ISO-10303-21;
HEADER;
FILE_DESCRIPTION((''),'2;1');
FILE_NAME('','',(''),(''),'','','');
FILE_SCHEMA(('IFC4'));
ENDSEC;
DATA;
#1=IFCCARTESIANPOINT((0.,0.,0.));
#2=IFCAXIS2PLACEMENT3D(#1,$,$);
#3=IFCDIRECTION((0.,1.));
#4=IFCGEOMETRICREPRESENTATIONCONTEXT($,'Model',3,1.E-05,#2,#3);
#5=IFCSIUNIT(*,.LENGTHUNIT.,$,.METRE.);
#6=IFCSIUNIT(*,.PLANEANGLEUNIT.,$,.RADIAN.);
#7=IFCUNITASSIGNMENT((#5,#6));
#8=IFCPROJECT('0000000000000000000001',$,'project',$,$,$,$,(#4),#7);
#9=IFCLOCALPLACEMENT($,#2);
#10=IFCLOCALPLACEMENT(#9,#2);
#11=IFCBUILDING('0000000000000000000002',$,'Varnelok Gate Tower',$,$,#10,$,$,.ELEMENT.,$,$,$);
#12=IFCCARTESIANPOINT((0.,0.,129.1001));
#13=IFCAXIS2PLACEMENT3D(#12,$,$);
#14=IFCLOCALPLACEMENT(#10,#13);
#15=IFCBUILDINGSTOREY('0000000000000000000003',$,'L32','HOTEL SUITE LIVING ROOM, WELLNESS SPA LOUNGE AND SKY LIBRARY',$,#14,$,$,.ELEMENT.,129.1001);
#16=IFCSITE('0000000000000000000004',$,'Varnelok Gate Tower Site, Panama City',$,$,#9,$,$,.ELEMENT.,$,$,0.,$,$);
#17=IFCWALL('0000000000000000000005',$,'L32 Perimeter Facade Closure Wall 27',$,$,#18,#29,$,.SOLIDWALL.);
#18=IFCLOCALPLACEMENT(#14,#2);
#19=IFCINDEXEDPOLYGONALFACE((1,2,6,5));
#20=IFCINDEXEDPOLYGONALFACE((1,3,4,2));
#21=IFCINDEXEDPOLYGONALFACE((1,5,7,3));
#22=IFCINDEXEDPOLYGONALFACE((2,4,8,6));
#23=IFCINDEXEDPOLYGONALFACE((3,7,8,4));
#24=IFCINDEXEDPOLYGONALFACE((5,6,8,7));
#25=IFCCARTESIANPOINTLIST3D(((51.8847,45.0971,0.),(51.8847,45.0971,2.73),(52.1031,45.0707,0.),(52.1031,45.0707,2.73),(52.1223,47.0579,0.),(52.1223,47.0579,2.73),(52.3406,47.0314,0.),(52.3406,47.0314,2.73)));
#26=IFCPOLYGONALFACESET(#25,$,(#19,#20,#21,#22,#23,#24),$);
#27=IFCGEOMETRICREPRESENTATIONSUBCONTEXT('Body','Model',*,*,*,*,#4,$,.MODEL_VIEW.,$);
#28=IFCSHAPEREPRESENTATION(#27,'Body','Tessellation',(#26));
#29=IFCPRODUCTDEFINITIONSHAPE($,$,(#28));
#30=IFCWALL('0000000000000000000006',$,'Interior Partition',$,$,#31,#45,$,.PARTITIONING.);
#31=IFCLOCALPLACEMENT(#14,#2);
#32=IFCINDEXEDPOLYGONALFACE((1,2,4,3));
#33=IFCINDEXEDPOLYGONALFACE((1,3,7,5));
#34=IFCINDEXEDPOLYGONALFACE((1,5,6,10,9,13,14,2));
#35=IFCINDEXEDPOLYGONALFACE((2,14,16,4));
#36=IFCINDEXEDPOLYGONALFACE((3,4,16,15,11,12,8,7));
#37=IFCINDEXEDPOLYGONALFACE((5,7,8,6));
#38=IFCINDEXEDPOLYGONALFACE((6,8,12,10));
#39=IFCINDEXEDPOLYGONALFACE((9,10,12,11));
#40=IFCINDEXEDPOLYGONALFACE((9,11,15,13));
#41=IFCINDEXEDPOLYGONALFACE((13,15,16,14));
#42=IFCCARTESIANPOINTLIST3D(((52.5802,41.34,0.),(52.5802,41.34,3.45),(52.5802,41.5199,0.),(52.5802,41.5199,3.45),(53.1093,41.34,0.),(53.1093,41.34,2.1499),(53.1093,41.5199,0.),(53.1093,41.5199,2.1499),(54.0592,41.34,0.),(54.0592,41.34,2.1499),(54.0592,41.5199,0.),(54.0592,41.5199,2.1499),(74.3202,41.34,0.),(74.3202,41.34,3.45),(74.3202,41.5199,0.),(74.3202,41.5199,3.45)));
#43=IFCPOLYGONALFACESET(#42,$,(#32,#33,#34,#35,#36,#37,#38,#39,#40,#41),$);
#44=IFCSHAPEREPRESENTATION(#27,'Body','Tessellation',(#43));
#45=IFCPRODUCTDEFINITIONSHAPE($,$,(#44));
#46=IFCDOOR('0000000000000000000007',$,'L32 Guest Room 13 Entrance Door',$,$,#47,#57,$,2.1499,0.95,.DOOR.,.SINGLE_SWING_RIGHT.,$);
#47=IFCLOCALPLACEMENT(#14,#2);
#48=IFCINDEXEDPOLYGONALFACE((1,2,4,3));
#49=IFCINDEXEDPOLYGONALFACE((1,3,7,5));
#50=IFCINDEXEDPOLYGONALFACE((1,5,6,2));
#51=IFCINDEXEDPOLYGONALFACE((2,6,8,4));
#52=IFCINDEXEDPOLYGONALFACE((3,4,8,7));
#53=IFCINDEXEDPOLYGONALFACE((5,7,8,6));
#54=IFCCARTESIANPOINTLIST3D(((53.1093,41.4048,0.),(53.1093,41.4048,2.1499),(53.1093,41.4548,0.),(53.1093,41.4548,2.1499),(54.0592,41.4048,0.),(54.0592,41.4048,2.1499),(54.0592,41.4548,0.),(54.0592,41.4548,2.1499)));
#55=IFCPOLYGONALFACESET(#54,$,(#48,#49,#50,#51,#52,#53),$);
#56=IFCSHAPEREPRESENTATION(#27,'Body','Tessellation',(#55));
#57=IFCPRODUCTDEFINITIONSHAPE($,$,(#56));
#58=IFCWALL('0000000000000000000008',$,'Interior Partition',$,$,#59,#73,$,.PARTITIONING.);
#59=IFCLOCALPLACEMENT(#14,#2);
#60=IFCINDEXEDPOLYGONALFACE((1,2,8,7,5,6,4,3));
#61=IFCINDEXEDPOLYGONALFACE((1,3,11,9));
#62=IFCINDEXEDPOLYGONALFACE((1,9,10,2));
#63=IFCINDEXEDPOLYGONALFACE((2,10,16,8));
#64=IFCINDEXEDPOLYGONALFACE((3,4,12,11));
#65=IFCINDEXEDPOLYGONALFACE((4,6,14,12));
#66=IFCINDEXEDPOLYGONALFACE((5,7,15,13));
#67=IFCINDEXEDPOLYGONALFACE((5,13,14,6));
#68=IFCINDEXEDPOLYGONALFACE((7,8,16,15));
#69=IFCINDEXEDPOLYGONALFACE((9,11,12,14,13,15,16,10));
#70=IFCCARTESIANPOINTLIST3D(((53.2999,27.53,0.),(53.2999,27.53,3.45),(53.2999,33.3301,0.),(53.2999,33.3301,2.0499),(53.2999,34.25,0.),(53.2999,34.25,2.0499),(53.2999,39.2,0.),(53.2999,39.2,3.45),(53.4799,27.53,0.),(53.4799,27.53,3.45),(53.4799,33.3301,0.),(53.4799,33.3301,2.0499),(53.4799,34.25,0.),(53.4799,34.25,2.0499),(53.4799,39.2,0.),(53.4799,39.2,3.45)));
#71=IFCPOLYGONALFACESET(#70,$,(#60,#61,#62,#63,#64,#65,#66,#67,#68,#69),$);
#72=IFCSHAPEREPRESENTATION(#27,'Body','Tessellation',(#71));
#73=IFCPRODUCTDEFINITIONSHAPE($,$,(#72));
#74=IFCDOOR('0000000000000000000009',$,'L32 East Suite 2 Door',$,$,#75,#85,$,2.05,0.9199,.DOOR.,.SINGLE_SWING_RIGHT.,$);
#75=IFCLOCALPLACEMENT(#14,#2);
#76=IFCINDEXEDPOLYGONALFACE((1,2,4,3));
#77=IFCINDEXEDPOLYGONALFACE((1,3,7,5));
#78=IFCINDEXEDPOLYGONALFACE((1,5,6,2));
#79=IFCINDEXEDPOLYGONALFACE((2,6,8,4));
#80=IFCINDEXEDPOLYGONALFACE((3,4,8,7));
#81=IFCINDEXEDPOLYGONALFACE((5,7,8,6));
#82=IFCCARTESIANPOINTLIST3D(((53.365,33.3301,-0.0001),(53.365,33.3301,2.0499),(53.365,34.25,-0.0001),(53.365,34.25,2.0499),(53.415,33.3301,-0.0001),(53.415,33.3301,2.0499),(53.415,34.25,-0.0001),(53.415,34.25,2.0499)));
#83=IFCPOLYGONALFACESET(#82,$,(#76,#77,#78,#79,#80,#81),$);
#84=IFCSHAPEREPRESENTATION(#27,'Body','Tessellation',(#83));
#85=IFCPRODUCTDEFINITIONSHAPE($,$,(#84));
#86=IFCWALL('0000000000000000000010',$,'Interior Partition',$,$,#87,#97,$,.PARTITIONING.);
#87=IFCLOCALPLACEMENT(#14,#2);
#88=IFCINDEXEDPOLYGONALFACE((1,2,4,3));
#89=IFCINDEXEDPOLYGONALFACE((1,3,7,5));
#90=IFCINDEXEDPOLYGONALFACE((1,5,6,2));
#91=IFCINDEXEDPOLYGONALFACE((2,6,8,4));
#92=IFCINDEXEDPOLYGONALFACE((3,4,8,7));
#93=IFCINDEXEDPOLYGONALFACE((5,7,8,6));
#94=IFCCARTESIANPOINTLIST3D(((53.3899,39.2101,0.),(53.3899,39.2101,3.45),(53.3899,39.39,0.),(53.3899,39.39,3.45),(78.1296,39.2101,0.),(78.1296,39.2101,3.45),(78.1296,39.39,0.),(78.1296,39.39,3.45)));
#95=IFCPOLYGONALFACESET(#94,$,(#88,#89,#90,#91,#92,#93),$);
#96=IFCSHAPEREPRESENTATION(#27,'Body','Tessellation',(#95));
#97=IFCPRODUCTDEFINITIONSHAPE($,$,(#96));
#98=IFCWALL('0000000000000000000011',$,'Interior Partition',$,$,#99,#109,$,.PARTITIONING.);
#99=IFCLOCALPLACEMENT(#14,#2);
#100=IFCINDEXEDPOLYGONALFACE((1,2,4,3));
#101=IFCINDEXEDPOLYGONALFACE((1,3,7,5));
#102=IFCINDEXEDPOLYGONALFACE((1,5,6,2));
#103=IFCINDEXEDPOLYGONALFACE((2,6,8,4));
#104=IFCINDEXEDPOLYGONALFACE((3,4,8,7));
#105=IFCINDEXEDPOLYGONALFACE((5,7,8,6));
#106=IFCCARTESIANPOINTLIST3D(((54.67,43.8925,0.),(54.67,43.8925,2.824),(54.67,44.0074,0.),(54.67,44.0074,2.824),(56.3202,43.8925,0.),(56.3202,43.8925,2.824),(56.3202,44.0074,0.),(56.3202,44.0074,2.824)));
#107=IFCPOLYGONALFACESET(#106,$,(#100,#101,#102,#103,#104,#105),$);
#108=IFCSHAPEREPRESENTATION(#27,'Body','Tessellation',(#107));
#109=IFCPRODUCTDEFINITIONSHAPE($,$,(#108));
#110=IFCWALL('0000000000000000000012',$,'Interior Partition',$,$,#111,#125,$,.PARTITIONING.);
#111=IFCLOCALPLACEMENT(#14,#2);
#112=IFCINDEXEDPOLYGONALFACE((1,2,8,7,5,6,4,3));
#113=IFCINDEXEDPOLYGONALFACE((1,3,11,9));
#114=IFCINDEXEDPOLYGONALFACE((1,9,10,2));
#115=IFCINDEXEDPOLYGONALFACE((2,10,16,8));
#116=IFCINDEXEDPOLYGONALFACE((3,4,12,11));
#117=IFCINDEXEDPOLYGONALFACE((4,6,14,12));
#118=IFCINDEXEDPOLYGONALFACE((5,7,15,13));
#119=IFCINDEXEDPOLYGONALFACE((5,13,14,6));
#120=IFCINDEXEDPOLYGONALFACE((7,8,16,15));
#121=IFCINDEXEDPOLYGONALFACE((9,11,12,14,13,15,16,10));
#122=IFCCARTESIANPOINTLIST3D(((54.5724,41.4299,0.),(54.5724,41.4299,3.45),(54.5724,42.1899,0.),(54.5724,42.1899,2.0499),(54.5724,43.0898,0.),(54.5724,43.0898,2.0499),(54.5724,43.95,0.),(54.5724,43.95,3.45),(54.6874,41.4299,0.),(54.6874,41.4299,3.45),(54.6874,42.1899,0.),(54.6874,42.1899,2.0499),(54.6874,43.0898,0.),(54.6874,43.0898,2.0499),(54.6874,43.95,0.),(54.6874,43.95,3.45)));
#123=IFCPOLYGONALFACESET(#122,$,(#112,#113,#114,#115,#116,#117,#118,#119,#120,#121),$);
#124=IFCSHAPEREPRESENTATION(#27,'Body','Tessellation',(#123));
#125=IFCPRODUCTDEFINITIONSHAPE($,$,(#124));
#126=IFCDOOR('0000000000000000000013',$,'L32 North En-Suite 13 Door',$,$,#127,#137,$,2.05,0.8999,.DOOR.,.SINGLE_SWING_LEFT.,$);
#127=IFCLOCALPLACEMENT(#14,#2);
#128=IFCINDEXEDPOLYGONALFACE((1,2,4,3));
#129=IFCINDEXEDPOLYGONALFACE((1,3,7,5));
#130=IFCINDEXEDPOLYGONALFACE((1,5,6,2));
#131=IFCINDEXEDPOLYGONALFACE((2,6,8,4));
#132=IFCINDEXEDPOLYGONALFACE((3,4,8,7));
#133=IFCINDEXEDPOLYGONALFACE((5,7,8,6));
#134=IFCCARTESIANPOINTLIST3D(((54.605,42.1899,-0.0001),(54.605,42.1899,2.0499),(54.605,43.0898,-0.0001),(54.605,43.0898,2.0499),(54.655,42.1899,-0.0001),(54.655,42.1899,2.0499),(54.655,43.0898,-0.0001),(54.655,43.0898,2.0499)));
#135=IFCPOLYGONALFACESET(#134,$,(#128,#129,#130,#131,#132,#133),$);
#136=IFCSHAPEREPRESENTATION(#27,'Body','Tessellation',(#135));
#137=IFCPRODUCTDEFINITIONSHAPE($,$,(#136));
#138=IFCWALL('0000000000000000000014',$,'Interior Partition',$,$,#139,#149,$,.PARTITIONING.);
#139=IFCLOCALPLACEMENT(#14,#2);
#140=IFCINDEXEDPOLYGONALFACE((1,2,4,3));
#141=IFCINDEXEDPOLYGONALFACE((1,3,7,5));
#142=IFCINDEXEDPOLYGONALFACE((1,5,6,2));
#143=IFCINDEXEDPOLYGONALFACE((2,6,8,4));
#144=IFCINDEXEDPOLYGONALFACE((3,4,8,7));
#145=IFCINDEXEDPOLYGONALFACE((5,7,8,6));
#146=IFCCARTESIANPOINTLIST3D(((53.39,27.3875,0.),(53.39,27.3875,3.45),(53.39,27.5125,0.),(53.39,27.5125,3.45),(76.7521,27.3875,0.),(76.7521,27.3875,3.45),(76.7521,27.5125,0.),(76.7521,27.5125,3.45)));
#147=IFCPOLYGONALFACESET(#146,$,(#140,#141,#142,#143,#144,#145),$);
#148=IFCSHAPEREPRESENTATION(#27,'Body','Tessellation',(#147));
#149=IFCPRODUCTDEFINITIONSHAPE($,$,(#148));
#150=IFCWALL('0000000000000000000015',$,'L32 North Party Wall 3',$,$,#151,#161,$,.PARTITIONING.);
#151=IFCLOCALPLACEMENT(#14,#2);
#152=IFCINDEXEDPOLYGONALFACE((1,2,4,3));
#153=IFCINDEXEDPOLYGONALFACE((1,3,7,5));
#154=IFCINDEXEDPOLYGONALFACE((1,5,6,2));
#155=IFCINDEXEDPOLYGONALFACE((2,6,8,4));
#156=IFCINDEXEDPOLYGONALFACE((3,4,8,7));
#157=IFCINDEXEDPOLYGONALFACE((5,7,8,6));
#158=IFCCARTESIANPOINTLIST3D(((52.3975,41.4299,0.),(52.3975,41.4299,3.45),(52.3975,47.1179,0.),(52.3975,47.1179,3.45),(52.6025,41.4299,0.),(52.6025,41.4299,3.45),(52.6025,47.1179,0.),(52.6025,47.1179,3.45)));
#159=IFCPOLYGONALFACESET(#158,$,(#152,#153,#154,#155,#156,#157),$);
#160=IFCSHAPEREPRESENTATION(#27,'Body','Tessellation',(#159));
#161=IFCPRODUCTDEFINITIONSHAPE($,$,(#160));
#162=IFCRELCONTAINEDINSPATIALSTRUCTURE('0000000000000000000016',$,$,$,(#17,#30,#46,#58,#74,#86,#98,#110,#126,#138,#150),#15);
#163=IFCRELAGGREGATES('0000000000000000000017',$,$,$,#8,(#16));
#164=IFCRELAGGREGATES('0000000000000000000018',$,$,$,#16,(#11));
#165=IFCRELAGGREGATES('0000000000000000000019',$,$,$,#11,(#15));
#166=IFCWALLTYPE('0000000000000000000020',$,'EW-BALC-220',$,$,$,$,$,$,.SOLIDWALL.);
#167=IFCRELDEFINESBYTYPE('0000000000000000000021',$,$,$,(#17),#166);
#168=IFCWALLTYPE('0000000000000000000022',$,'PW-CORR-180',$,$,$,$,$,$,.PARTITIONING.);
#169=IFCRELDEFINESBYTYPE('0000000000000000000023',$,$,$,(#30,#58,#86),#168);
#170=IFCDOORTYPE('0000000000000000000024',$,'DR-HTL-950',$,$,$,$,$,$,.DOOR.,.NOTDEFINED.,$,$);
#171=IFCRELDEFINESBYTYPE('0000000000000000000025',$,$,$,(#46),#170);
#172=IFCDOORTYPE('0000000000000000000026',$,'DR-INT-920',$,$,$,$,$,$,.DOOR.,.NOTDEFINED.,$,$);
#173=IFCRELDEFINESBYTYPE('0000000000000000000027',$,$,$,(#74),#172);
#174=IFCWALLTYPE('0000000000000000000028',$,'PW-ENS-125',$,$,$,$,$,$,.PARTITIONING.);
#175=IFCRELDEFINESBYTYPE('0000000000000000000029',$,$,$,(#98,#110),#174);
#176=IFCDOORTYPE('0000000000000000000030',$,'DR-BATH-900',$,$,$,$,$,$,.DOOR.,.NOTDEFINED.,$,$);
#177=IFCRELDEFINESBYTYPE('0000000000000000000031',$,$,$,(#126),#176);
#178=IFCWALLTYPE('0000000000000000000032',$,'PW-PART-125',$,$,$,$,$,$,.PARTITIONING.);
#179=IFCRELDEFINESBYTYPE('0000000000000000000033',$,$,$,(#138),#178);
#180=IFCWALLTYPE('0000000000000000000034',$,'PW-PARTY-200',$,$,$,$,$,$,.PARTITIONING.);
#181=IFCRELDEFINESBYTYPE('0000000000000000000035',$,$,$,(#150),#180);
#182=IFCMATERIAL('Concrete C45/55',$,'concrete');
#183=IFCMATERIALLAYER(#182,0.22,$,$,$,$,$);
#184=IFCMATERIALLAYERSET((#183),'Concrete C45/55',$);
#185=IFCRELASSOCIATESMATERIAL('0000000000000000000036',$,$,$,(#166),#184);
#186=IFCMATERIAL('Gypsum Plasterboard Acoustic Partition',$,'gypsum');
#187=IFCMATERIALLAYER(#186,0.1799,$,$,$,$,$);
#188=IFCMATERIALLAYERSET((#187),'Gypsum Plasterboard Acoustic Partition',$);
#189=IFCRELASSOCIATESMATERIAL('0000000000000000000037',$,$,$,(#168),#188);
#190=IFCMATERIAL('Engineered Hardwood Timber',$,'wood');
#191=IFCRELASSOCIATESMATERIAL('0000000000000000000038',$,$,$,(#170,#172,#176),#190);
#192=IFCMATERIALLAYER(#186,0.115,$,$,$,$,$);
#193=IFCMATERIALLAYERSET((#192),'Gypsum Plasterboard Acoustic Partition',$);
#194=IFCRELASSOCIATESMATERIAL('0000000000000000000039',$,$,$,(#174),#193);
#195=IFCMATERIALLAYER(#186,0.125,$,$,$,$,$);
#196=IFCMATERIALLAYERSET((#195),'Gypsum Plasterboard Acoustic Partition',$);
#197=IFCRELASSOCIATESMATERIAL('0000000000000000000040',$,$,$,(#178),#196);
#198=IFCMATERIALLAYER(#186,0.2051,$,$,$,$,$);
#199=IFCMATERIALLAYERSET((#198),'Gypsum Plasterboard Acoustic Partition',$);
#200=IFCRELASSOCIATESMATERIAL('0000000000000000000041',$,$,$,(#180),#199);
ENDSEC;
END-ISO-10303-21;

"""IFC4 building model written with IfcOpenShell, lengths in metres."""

from ifc_helpers import new_model, si_unit, direction, frame, frame_2d, origin, place, context, subcontext, project, spatial, rectangle, extrude, material, layer, layer_set, type_object, element, fill, save


model = new_model("IFC4")

# Units and contexts
model_context = context("Model", 3, precision=1e-05, world=origin(), true_north=direction((0.0, 1.0)))
body_context = subcontext(model_context, "Body", "Model", "MODEL_VIEW")
ifc_project = project(units=[si_unit("LENGTHUNIT", "METRE"), si_unit("PLANEANGLEUNIT", "RADIAN")], contexts=[model_context])

# Site, building, storey
site_placement = place(None, origin())
site = spatial("IfcSite", under=ifc_project, at=site_placement, Name="Varnelok Gate Tower Site, Panama City", CompositionType="ELEMENT", RefElevation=0.0)
building_placement = place(site_placement, origin())
building = spatial("IfcBuilding", under=site, at=building_placement, Name="Varnelok Gate Tower", CompositionType="ELEMENT")
storey_placement = place(building_placement, frame((0.0, 0.0, 129.1001)))
storey = spatial("IfcBuildingStorey", under=building, at=storey_placement, Name="L32", Description="HOTEL SUITE LIVING ROOM, WELLNESS SPA LOUNGE AND SKY LIBRARY", CompositionType="ELEMENT", Elevation=129.1001)

# Wall
ifc_material_1 = material(Name="Concrete C45/55", Category="concrete")
ifc_layer_1 = layer(ifc_material_1, 0.22)
ifc_layer_set_1 = layer_set([ifc_layer_1], Name="Concrete C45/55")
wall_type_1 = type_object("IfcWallType", Name="EW-BALC-220", PredefinedType="SOLIDWALL", material=ifc_layer_set_1)
wall_1_placement = place(storey_placement, frame((52.2314, 47.0447, 0.0), z_axis=(0.0, 0.0, 1.0), x_axis=(-0.120276, -0.99274, 0.0)))
element("IfcWall", 1, at=wall_1_placement, inside=storey, type_object=wall_type_1, Name="L32 Perimeter Facade Closure Wall 27", PredefinedType="SOLIDWALL", context=body_context, shape_type="SweptSolid", body=[
    extrude(rectangle(XDim=1.9751, YDim=0.22, at=frame_2d((0.9875, 0.0))), origin(), (0.0, 0.0, 1.0), 2.73),
])

# Walls, openings, doors
ifc_material_2 = material(Name="Gypsum Plasterboard Acoustic Partition", Category="gypsum")
ifc_layer_2 = layer(ifc_material_2, 0.1799)
ifc_layer_set_2 = layer_set([ifc_layer_2], Name="Gypsum Plasterboard Acoustic Partition")
wall_type_2 = type_object("IfcWallType", Name="PW-CORR-180", PredefinedType="PARTITIONING", material=ifc_layer_set_2)
wall_2_placement = place(storey_placement, frame((52.5801, 41.4299, 0.0), z_axis=(0.0, 0.0, 1.0), x_axis=(1.0, 0.0, 0.0)))
wall_2 = element("IfcWall", 2, at=wall_2_placement, inside=storey, type_object=wall_type_2, Name="Interior Partition", PredefinedType="PARTITIONING", context=body_context, shape_type="SweptSolid", body=[
    extrude(rectangle(XDim=21.74, YDim=0.1799, at=frame_2d((10.8701, 0.0))), origin(), (0.0, 0.0, 1.0), 3.45),
])
opening_1_placement = place(wall_2_placement, frame((0.5291, 0.0, 0.0)))
opening_1 = element("IfcOpeningElement", 3, at=opening_1_placement, cuts=wall_2, PredefinedType="OPENING", context=body_context, shape_type="SweptSolid", body=[
    extrude(rectangle(XDim=0.95, YDim=2.1499, at=frame_2d((0.4751, 1.075))), frame((0.0, 0.0999, 0.0), z_axis=(0.0, -1.0, 0.0), x_axis=(1.0, 0.0, 0.0)), (0.0, 0.0, 1.0), 0.2),
])
ifc_material_3 = material(Name="Engineered Hardwood Timber", Category="wood")
door_type_1 = type_object("IfcDoorType", Name="DR-HTL-950", OperationType="NOTDEFINED", PredefinedType="DOOR", material=ifc_material_3)
door_1_placement = place(opening_1_placement, origin())
door_1 = element("IfcDoor", 4, at=door_1_placement, inside=storey, type_object=door_type_1, Name="L32 Guest Room 13 Entrance Door", OperationType="SINGLE_SWING_RIGHT", OverallHeight=2.1499, OverallWidth=0.95, PredefinedType="DOOR", context=body_context, shape_type="SweptSolid", body=[
    extrude(rectangle(XDim=0.95, YDim=2.1499, at=frame_2d((0.4751, 1.075))), frame((0.0, 0.0249, 0.0), z_axis=(0.0, -1.0, 0.0), x_axis=(1.0, 0.0, 0.0)), (0.0, 0.0, 1.0), 0.05),
])
fill(opening_1, door_1)
wall_3_placement = place(storey_placement, frame((53.3899, 27.53, 0.0), z_axis=(0.0, 0.0, 1.0), x_axis=(0.0, 1.0, 0.0)))
wall_3 = element("IfcWall", 5, at=wall_3_placement, inside=storey, type_object=wall_type_2, Name="Interior Partition", PredefinedType="PARTITIONING", context=body_context, shape_type="SweptSolid", body=[
    extrude(rectangle(XDim=11.6699, YDim=0.1799, at=frame_2d((5.835, 0.0))), origin(), (0.0, 0.0, 1.0), 3.45),
])
opening_2_placement = place(wall_3_placement, frame((5.8, 0.0, 0.0)))
opening_2 = element("IfcOpeningElement", 6, at=opening_2_placement, cuts=wall_3, PredefinedType="OPENING", context=body_context, shape_type="SweptSolid", body=[
    extrude(rectangle(XDim=0.9199, YDim=2.05, at=frame_2d((0.46, 1.0249))), frame((0.0, 0.0999, 0.0), z_axis=(0.0, -1.0, 0.0), x_axis=(1.0, 0.0, 0.0)), (0.0, 0.0, 1.0), 0.2),
])
door_type_2 = type_object("IfcDoorType", Name="DR-INT-920", OperationType="NOTDEFINED", PredefinedType="DOOR", material=ifc_material_3)
door_2_placement = place(opening_2_placement, origin())
door_2 = element("IfcDoor", 7, at=door_2_placement, inside=storey, type_object=door_type_2, Name="L32 East Suite 2 Door", OperationType="SINGLE_SWING_RIGHT", OverallHeight=2.05, OverallWidth=0.9199, PredefinedType="DOOR", context=body_context, shape_type="SweptSolid", body=[
    extrude(rectangle(XDim=0.9199, YDim=2.05, at=frame_2d((0.46, 1.0249))), frame((0.0, 0.0249, 0.0), z_axis=(0.0, -1.0, 0.0), x_axis=(1.0, 0.0, 0.0)), (0.0, 0.0, 1.0), 0.05),
])
fill(opening_2, door_2)

# Walls
wall_4_placement = place(storey_placement, frame((53.3899, 39.3, 0.0), z_axis=(0.0, 0.0, 1.0), x_axis=(1.0, 0.0, 0.0)))
element("IfcWall", 8, at=wall_4_placement, inside=storey, type_object=wall_type_2, Name="Interior Partition", PredefinedType="PARTITIONING", context=body_context, shape_type="SweptSolid", body=[
    extrude(rectangle(XDim=24.7397, YDim=0.1799, at=frame_2d((12.3699, 0.0))), origin(), (0.0, 0.0, 1.0), 3.45),
])
ifc_layer_3 = layer(ifc_material_2, 0.115)
ifc_layer_set_3 = layer_set([ifc_layer_3], Name="Gypsum Plasterboard Acoustic Partition")
wall_type_3 = type_object("IfcWallType", Name="PW-ENS-125", PredefinedType="PARTITIONING", material=ifc_layer_set_3)
wall_5_placement = place(storey_placement, frame((54.6699, 43.95, 0.0), z_axis=(0.0, 0.0, 1.0), x_axis=(1.0, 0.0, 0.0)))
element("IfcWall", 9, at=wall_5_placement, inside=storey, type_object=wall_type_3, Name="Interior Partition", PredefinedType="PARTITIONING", context=body_context, shape_type="SweptSolid", body=[
    extrude(rectangle(XDim=1.6501, YDim=0.115, at=frame_2d((0.8252, 0.0))), origin(), (0.0, 0.0, 1.0), 2.824),
])

# Wall, opening, door
wall_6_placement = place(storey_placement, frame((54.6299, 41.4299, 0.0), z_axis=(0.0, 0.0, 1.0), x_axis=(0.0, 1.0, 0.0)))
wall_6 = element("IfcWall", 10, at=wall_6_placement, inside=storey, type_object=wall_type_3, Name="Interior Partition", PredefinedType="PARTITIONING", context=body_context, shape_type="SweptSolid", body=[
    extrude(rectangle(XDim=2.52, YDim=0.115, at=frame_2d((1.26, 0.0))), origin(), (0.0, 0.0, 1.0), 3.45),
])
opening_3_placement = place(wall_6_placement, frame((0.76, 0.0, 0.0)))
opening_3 = element("IfcOpeningElement", 11, at=opening_3_placement, cuts=wall_6, PredefinedType="OPENING", context=body_context, shape_type="SweptSolid", body=[
    extrude(rectangle(XDim=0.8999, YDim=2.05, at=frame_2d((0.45, 1.0249))), frame((0.0, 0.0674, 0.0), z_axis=(0.0, -1.0, 0.0), x_axis=(1.0, 0.0, 0.0)), (0.0, 0.0, 1.0), 0.135),
])
door_type_3 = type_object("IfcDoorType", Name="DR-BATH-900", OperationType="NOTDEFINED", PredefinedType="DOOR", material=ifc_material_3)
door_3_placement = place(opening_3_placement, origin())
door_3 = element("IfcDoor", 12, at=door_3_placement, inside=storey, type_object=door_type_3, Name="L32 North En-Suite 13 Door", OperationType="SINGLE_SWING_LEFT", OverallHeight=2.05, OverallWidth=0.8999, PredefinedType="DOOR", context=body_context, shape_type="SweptSolid", body=[
    extrude(rectangle(XDim=0.8999, YDim=2.05, at=frame_2d((0.45, 1.0249))), frame((0.0, 0.0249, 0.0), z_axis=(0.0, -1.0, 0.0), x_axis=(1.0, 0.0, 0.0)), (0.0, 0.0, 1.0), 0.05),
])
fill(opening_3, door_3)

# Walls
ifc_layer_4 = layer(ifc_material_2, 0.125)
ifc_layer_set_4 = layer_set([ifc_layer_4], Name="Gypsum Plasterboard Acoustic Partition")
wall_type_4 = type_object("IfcWallType", Name="PW-PART-125", PredefinedType="PARTITIONING", material=ifc_layer_set_4)
wall_7_placement = place(storey_placement, frame((53.3899, 27.45, 0.0), z_axis=(0.0, 0.0, 1.0), x_axis=(1.0, 0.0, 0.0)))
element("IfcWall", 13, at=wall_7_placement, inside=storey, type_object=wall_type_4, Name="Interior Partition", PredefinedType="PARTITIONING", context=body_context, shape_type="SweptSolid", body=[
    extrude(rectangle(XDim=23.3621, YDim=0.125, at=frame_2d((11.6812, 0.0))), origin(), (0.0, 0.0, 1.0), 3.45),
])
ifc_layer_5 = layer(ifc_material_2, 0.2051)
ifc_layer_set_5 = layer_set([ifc_layer_5], Name="Gypsum Plasterboard Acoustic Partition")
wall_type_5 = type_object("IfcWallType", Name="PW-PARTY-200", PredefinedType="PARTITIONING", material=ifc_layer_set_5)
wall_8_placement = place(storey_placement, frame((52.5, 41.4299, 0.0), z_axis=(0.0, 0.0, 1.0), x_axis=(0.0, 1.0, 0.0)))
element("IfcWall", 14, at=wall_8_placement, inside=storey, type_object=wall_type_5, Name="L32 North Party Wall 3", PredefinedType="PARTITIONING", context=body_context, shape_type="SweptSolid", body=[
    extrude(rectangle(XDim=5.688, YDim=0.2051, at=frame_2d((2.844, 0.0))), origin(), (0.0, 0.0, 1.0), 3.45),
])

save(model, "model.ifc")
